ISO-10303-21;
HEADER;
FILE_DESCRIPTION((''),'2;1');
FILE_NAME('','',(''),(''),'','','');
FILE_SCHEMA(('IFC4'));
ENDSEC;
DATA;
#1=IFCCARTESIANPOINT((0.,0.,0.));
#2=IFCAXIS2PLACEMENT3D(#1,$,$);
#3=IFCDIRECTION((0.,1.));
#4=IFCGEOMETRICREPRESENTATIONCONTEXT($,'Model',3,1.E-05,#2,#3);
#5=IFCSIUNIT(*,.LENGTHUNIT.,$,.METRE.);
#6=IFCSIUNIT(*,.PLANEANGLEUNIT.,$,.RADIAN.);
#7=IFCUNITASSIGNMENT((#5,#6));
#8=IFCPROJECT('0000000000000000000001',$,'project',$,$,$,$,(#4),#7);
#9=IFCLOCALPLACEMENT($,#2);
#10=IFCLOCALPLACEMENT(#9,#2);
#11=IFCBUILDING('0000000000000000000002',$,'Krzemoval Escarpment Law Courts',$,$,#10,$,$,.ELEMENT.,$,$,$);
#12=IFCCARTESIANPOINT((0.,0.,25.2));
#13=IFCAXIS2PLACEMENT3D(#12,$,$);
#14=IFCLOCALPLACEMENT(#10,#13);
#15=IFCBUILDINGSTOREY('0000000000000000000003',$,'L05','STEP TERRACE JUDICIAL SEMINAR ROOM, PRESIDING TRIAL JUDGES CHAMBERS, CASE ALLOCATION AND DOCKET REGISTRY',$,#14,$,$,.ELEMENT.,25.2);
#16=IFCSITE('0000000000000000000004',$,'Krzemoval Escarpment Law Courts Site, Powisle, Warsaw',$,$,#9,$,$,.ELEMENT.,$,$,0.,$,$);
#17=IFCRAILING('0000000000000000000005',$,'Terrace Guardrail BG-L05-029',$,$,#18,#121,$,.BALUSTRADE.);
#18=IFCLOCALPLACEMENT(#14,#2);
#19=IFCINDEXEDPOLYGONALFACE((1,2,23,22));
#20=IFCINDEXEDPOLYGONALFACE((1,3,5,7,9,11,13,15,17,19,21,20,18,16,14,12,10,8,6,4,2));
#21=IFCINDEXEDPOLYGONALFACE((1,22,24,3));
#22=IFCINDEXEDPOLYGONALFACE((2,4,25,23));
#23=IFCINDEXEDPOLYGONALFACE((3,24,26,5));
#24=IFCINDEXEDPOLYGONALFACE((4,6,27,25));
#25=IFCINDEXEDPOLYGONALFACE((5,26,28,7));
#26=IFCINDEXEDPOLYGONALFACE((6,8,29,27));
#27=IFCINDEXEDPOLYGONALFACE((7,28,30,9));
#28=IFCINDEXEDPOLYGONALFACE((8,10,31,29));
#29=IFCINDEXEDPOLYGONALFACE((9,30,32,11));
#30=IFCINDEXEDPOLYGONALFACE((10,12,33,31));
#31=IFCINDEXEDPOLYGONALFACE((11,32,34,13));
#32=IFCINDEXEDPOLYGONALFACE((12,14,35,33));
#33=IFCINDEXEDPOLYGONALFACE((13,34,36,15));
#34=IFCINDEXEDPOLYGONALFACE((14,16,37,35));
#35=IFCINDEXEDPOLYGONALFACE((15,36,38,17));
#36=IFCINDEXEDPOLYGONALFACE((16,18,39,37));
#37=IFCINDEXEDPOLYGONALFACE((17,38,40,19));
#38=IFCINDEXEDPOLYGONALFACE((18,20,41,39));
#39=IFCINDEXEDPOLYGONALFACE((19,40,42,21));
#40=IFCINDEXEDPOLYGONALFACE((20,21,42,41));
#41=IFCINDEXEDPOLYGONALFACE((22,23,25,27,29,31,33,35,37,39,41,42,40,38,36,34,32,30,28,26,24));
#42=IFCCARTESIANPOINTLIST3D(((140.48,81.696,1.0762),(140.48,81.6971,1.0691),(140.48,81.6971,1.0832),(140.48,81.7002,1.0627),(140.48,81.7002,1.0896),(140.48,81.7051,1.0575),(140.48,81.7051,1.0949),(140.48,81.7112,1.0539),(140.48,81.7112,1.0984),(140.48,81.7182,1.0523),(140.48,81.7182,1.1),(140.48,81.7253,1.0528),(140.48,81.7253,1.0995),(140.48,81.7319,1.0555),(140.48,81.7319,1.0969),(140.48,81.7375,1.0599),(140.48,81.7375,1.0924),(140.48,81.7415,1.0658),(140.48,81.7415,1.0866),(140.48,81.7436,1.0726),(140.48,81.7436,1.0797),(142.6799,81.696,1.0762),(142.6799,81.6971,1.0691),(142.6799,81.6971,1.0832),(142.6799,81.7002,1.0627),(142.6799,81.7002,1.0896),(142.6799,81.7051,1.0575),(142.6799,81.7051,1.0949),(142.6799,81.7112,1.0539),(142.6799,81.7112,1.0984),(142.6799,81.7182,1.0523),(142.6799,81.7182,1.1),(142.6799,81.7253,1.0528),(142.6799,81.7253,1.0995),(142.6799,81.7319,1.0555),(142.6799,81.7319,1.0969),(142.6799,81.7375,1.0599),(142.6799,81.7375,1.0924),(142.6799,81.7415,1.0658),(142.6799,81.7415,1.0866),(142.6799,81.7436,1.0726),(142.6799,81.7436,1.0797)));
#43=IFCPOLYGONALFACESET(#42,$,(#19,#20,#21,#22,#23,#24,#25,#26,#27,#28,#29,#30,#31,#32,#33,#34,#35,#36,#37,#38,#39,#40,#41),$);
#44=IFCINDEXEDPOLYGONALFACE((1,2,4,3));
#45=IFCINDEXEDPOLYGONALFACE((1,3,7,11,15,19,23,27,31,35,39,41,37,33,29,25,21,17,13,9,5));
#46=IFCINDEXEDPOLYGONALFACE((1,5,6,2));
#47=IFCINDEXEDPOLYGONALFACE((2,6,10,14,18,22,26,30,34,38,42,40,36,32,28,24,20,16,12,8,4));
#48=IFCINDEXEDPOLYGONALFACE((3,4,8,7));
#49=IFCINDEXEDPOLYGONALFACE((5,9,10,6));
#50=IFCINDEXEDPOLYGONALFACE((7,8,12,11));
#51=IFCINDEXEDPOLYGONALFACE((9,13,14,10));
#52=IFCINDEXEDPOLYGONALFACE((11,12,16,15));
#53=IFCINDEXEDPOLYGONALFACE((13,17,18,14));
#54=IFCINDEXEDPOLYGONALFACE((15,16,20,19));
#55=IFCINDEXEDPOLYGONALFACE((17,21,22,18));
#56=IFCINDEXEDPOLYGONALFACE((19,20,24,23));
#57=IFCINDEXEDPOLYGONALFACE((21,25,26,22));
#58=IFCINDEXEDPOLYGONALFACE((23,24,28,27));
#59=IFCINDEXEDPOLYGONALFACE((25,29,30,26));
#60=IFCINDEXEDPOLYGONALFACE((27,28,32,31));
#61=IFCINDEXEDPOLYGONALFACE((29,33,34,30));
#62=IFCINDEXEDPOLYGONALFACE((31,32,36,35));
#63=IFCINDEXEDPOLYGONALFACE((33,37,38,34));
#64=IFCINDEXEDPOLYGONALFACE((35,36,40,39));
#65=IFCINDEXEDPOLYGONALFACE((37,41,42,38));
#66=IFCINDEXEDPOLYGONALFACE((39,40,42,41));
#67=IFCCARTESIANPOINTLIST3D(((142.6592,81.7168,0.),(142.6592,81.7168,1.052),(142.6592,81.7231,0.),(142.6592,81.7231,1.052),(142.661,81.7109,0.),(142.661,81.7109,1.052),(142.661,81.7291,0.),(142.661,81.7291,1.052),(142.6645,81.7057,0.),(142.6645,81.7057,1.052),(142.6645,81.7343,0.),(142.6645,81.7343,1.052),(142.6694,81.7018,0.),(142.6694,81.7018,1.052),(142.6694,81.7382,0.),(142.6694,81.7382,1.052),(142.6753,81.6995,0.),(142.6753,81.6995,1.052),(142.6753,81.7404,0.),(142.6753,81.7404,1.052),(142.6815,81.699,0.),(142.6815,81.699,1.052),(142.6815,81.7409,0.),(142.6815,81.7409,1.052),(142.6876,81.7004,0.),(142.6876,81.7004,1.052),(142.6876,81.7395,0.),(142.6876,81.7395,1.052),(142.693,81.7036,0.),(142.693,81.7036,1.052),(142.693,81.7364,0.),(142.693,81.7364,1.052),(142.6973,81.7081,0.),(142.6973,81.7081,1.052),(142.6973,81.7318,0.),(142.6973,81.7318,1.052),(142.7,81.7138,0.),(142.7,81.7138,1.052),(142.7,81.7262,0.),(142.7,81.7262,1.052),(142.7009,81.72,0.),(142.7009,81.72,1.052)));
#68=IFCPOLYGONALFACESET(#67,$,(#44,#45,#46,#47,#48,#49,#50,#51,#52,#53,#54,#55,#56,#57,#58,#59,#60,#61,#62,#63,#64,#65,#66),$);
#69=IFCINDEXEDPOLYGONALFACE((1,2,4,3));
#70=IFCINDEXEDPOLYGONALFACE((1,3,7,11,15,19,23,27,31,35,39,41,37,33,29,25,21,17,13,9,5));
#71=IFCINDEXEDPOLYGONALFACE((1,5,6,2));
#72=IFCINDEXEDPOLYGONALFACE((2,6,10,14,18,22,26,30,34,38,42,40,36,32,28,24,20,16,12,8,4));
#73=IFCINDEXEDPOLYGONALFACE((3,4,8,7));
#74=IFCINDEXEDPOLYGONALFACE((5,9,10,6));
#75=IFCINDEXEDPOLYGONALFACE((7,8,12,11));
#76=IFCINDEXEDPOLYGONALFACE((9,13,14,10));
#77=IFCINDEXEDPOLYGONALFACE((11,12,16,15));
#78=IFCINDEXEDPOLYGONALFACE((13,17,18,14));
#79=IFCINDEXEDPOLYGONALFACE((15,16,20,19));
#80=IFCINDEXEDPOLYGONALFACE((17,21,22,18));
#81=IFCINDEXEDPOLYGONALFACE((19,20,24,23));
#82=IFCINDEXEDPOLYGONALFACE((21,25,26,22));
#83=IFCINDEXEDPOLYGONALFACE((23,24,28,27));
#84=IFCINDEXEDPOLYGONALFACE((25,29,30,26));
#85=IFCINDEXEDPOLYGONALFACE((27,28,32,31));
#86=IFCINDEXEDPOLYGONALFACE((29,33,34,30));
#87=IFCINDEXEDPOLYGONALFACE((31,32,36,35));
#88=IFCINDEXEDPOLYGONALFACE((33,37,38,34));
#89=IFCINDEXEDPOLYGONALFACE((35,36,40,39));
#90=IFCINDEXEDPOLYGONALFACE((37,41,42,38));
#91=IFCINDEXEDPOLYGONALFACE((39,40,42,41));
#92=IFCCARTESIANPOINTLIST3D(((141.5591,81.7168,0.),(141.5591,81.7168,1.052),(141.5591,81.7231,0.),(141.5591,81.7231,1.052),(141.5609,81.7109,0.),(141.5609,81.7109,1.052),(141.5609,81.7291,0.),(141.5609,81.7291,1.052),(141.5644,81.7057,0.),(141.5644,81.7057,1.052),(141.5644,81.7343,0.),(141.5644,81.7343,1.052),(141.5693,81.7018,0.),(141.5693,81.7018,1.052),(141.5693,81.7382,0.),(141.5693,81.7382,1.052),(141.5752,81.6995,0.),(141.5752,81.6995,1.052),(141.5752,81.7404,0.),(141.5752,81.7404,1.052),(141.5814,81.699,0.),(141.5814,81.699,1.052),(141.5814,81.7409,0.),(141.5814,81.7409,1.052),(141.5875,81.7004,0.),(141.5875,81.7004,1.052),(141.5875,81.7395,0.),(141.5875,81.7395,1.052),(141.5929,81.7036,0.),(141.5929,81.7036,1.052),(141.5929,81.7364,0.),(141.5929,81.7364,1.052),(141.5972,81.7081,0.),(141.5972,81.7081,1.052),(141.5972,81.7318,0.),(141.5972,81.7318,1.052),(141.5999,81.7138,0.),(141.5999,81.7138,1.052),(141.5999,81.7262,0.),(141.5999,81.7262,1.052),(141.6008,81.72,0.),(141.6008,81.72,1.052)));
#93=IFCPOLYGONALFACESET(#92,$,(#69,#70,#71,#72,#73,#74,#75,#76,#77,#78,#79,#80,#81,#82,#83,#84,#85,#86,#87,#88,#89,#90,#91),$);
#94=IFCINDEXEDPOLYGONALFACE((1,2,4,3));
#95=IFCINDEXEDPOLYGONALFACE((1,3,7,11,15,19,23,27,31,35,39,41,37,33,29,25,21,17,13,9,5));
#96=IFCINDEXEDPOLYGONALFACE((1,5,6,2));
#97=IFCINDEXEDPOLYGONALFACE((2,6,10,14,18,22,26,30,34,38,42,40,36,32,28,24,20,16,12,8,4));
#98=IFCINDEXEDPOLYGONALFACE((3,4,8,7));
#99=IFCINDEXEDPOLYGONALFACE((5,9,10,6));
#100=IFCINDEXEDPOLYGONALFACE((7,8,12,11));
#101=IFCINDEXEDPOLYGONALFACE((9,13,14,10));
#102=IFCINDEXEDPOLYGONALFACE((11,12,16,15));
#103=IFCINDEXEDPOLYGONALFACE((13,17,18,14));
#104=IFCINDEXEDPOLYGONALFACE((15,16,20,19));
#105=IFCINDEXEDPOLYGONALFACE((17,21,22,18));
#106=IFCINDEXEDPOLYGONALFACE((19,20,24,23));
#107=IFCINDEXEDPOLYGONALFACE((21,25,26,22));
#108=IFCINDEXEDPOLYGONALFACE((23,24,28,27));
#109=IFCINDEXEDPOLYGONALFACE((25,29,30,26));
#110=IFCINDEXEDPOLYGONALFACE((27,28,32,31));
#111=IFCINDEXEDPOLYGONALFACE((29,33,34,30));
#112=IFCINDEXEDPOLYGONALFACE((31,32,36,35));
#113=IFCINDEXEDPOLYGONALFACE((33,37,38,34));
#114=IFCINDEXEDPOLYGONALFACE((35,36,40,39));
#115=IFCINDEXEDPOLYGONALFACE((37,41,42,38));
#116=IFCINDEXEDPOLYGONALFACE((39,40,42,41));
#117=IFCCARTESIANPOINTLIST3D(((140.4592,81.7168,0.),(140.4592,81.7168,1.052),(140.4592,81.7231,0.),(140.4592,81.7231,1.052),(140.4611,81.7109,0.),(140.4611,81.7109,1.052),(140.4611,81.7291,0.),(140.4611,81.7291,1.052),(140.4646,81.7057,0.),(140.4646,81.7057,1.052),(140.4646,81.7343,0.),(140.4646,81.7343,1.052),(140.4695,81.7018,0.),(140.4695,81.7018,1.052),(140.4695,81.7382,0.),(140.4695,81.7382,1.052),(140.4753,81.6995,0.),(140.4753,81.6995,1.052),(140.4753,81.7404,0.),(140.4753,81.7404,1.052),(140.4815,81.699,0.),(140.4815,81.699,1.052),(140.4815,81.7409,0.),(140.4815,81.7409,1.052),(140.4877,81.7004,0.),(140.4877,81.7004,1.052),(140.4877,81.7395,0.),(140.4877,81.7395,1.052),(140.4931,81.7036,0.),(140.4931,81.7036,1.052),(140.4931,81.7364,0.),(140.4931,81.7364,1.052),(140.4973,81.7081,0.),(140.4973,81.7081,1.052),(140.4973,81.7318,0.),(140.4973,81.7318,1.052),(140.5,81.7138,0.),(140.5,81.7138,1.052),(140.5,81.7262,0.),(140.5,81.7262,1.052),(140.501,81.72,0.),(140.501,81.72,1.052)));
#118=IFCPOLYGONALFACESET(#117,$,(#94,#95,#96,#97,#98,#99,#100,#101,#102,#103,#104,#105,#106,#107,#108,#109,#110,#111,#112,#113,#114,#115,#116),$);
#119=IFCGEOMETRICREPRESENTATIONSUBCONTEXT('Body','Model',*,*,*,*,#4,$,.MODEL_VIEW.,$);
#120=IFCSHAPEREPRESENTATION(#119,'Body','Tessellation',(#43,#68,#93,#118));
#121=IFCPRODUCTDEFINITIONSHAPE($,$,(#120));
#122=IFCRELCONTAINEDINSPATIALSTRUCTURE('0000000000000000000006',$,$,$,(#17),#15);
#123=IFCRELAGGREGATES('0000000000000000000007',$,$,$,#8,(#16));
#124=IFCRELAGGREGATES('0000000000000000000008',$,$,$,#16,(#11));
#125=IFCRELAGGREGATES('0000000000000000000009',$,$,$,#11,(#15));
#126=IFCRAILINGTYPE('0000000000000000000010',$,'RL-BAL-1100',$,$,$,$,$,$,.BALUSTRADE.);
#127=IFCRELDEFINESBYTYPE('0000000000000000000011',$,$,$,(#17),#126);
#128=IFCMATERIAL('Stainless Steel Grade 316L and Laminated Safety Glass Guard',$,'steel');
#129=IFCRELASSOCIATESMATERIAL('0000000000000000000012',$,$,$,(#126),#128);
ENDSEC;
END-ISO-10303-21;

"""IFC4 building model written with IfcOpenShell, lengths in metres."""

from ifc_helpers import new_model, si_unit, direction, frame, origin, origin_2d, place, context, subcontext, project, spatial, circle, extrude, material, type_object, element, save


model = new_model("IFC4")

# Units and contexts
model_context = context("Model", 3, precision=1e-05, world=origin(), true_north=direction((0.0, 1.0)))
body_context = subcontext(model_context, "Body", "Model", "MODEL_VIEW")
ifc_project = project(units=[si_unit("LENGTHUNIT", "METRE"), si_unit("PLANEANGLEUNIT", "RADIAN")], contexts=[model_context])

# Site, building, storey
site_placement = place(None, origin())
site = spatial("IfcSite", under=ifc_project, at=site_placement, Name="Krzemoval Escarpment Law Courts Site, Powisle, Warsaw", CompositionType="ELEMENT", RefElevation=0.0)
building_placement = place(site_placement, origin())
building = spatial("IfcBuilding", under=site, at=building_placement, Name="Krzemoval Escarpment Law Courts", CompositionType="ELEMENT")
storey_placement = place(building_placement, frame((0.0, 0.0, 25.2)))
storey = spatial("IfcBuildingStorey", under=building, at=storey_placement, Name="L05", Description="STEP TERRACE JUDICIAL SEMINAR ROOM, PRESIDING TRIAL JUDGES CHAMBERS, CASE ALLOCATION AND DOCKET REGISTRY", CompositionType="ELEMENT", Elevation=25.2)

# Railing
ifc_material_1 = material(Name="Stainless Steel Grade 316L and Laminated Safety Glass Guard", Category="steel")
railing_type = type_object("IfcRailingType", Name="RL-BAL-1100", PredefinedType="BALUSTRADE", material=ifc_material_1)
railing_1_placement = place(storey_placement, frame((142.6799, 81.72, 0.0)))
element("IfcRailing", 1, at=railing_1_placement, inside=storey, type_object=railing_type, Name="Terrace Guardrail BG-L05-029", PredefinedType="BALUSTRADE", context=body_context, shape_type="SweptSolid", body=[
    extrude(circle(Radius=0.0239, at=origin_2d()), frame((0.0, 0.0, 1.0762), z_axis=(-1.0, 0.0, 0.0), x_axis=(0.0, -1.0, 0.0)), (0.0, 0.0, 1.0), 2.2),
    extrude(circle(Radius=0.021, at=origin_2d()), origin(), (0.0, 0.0, 1.0), 1.052),
    extrude(circle(Radius=0.021, at=origin_2d()), frame((-1.1001, 0.0, 0.0)), (0.0, 0.0, 1.0), 1.052),
    extrude(circle(Radius=0.021, at=origin_2d()), frame((-2.2, 0.0, 0.0)), (0.0, 0.0, 1.0), 1.052),
])

save(model, "model.ifc")
